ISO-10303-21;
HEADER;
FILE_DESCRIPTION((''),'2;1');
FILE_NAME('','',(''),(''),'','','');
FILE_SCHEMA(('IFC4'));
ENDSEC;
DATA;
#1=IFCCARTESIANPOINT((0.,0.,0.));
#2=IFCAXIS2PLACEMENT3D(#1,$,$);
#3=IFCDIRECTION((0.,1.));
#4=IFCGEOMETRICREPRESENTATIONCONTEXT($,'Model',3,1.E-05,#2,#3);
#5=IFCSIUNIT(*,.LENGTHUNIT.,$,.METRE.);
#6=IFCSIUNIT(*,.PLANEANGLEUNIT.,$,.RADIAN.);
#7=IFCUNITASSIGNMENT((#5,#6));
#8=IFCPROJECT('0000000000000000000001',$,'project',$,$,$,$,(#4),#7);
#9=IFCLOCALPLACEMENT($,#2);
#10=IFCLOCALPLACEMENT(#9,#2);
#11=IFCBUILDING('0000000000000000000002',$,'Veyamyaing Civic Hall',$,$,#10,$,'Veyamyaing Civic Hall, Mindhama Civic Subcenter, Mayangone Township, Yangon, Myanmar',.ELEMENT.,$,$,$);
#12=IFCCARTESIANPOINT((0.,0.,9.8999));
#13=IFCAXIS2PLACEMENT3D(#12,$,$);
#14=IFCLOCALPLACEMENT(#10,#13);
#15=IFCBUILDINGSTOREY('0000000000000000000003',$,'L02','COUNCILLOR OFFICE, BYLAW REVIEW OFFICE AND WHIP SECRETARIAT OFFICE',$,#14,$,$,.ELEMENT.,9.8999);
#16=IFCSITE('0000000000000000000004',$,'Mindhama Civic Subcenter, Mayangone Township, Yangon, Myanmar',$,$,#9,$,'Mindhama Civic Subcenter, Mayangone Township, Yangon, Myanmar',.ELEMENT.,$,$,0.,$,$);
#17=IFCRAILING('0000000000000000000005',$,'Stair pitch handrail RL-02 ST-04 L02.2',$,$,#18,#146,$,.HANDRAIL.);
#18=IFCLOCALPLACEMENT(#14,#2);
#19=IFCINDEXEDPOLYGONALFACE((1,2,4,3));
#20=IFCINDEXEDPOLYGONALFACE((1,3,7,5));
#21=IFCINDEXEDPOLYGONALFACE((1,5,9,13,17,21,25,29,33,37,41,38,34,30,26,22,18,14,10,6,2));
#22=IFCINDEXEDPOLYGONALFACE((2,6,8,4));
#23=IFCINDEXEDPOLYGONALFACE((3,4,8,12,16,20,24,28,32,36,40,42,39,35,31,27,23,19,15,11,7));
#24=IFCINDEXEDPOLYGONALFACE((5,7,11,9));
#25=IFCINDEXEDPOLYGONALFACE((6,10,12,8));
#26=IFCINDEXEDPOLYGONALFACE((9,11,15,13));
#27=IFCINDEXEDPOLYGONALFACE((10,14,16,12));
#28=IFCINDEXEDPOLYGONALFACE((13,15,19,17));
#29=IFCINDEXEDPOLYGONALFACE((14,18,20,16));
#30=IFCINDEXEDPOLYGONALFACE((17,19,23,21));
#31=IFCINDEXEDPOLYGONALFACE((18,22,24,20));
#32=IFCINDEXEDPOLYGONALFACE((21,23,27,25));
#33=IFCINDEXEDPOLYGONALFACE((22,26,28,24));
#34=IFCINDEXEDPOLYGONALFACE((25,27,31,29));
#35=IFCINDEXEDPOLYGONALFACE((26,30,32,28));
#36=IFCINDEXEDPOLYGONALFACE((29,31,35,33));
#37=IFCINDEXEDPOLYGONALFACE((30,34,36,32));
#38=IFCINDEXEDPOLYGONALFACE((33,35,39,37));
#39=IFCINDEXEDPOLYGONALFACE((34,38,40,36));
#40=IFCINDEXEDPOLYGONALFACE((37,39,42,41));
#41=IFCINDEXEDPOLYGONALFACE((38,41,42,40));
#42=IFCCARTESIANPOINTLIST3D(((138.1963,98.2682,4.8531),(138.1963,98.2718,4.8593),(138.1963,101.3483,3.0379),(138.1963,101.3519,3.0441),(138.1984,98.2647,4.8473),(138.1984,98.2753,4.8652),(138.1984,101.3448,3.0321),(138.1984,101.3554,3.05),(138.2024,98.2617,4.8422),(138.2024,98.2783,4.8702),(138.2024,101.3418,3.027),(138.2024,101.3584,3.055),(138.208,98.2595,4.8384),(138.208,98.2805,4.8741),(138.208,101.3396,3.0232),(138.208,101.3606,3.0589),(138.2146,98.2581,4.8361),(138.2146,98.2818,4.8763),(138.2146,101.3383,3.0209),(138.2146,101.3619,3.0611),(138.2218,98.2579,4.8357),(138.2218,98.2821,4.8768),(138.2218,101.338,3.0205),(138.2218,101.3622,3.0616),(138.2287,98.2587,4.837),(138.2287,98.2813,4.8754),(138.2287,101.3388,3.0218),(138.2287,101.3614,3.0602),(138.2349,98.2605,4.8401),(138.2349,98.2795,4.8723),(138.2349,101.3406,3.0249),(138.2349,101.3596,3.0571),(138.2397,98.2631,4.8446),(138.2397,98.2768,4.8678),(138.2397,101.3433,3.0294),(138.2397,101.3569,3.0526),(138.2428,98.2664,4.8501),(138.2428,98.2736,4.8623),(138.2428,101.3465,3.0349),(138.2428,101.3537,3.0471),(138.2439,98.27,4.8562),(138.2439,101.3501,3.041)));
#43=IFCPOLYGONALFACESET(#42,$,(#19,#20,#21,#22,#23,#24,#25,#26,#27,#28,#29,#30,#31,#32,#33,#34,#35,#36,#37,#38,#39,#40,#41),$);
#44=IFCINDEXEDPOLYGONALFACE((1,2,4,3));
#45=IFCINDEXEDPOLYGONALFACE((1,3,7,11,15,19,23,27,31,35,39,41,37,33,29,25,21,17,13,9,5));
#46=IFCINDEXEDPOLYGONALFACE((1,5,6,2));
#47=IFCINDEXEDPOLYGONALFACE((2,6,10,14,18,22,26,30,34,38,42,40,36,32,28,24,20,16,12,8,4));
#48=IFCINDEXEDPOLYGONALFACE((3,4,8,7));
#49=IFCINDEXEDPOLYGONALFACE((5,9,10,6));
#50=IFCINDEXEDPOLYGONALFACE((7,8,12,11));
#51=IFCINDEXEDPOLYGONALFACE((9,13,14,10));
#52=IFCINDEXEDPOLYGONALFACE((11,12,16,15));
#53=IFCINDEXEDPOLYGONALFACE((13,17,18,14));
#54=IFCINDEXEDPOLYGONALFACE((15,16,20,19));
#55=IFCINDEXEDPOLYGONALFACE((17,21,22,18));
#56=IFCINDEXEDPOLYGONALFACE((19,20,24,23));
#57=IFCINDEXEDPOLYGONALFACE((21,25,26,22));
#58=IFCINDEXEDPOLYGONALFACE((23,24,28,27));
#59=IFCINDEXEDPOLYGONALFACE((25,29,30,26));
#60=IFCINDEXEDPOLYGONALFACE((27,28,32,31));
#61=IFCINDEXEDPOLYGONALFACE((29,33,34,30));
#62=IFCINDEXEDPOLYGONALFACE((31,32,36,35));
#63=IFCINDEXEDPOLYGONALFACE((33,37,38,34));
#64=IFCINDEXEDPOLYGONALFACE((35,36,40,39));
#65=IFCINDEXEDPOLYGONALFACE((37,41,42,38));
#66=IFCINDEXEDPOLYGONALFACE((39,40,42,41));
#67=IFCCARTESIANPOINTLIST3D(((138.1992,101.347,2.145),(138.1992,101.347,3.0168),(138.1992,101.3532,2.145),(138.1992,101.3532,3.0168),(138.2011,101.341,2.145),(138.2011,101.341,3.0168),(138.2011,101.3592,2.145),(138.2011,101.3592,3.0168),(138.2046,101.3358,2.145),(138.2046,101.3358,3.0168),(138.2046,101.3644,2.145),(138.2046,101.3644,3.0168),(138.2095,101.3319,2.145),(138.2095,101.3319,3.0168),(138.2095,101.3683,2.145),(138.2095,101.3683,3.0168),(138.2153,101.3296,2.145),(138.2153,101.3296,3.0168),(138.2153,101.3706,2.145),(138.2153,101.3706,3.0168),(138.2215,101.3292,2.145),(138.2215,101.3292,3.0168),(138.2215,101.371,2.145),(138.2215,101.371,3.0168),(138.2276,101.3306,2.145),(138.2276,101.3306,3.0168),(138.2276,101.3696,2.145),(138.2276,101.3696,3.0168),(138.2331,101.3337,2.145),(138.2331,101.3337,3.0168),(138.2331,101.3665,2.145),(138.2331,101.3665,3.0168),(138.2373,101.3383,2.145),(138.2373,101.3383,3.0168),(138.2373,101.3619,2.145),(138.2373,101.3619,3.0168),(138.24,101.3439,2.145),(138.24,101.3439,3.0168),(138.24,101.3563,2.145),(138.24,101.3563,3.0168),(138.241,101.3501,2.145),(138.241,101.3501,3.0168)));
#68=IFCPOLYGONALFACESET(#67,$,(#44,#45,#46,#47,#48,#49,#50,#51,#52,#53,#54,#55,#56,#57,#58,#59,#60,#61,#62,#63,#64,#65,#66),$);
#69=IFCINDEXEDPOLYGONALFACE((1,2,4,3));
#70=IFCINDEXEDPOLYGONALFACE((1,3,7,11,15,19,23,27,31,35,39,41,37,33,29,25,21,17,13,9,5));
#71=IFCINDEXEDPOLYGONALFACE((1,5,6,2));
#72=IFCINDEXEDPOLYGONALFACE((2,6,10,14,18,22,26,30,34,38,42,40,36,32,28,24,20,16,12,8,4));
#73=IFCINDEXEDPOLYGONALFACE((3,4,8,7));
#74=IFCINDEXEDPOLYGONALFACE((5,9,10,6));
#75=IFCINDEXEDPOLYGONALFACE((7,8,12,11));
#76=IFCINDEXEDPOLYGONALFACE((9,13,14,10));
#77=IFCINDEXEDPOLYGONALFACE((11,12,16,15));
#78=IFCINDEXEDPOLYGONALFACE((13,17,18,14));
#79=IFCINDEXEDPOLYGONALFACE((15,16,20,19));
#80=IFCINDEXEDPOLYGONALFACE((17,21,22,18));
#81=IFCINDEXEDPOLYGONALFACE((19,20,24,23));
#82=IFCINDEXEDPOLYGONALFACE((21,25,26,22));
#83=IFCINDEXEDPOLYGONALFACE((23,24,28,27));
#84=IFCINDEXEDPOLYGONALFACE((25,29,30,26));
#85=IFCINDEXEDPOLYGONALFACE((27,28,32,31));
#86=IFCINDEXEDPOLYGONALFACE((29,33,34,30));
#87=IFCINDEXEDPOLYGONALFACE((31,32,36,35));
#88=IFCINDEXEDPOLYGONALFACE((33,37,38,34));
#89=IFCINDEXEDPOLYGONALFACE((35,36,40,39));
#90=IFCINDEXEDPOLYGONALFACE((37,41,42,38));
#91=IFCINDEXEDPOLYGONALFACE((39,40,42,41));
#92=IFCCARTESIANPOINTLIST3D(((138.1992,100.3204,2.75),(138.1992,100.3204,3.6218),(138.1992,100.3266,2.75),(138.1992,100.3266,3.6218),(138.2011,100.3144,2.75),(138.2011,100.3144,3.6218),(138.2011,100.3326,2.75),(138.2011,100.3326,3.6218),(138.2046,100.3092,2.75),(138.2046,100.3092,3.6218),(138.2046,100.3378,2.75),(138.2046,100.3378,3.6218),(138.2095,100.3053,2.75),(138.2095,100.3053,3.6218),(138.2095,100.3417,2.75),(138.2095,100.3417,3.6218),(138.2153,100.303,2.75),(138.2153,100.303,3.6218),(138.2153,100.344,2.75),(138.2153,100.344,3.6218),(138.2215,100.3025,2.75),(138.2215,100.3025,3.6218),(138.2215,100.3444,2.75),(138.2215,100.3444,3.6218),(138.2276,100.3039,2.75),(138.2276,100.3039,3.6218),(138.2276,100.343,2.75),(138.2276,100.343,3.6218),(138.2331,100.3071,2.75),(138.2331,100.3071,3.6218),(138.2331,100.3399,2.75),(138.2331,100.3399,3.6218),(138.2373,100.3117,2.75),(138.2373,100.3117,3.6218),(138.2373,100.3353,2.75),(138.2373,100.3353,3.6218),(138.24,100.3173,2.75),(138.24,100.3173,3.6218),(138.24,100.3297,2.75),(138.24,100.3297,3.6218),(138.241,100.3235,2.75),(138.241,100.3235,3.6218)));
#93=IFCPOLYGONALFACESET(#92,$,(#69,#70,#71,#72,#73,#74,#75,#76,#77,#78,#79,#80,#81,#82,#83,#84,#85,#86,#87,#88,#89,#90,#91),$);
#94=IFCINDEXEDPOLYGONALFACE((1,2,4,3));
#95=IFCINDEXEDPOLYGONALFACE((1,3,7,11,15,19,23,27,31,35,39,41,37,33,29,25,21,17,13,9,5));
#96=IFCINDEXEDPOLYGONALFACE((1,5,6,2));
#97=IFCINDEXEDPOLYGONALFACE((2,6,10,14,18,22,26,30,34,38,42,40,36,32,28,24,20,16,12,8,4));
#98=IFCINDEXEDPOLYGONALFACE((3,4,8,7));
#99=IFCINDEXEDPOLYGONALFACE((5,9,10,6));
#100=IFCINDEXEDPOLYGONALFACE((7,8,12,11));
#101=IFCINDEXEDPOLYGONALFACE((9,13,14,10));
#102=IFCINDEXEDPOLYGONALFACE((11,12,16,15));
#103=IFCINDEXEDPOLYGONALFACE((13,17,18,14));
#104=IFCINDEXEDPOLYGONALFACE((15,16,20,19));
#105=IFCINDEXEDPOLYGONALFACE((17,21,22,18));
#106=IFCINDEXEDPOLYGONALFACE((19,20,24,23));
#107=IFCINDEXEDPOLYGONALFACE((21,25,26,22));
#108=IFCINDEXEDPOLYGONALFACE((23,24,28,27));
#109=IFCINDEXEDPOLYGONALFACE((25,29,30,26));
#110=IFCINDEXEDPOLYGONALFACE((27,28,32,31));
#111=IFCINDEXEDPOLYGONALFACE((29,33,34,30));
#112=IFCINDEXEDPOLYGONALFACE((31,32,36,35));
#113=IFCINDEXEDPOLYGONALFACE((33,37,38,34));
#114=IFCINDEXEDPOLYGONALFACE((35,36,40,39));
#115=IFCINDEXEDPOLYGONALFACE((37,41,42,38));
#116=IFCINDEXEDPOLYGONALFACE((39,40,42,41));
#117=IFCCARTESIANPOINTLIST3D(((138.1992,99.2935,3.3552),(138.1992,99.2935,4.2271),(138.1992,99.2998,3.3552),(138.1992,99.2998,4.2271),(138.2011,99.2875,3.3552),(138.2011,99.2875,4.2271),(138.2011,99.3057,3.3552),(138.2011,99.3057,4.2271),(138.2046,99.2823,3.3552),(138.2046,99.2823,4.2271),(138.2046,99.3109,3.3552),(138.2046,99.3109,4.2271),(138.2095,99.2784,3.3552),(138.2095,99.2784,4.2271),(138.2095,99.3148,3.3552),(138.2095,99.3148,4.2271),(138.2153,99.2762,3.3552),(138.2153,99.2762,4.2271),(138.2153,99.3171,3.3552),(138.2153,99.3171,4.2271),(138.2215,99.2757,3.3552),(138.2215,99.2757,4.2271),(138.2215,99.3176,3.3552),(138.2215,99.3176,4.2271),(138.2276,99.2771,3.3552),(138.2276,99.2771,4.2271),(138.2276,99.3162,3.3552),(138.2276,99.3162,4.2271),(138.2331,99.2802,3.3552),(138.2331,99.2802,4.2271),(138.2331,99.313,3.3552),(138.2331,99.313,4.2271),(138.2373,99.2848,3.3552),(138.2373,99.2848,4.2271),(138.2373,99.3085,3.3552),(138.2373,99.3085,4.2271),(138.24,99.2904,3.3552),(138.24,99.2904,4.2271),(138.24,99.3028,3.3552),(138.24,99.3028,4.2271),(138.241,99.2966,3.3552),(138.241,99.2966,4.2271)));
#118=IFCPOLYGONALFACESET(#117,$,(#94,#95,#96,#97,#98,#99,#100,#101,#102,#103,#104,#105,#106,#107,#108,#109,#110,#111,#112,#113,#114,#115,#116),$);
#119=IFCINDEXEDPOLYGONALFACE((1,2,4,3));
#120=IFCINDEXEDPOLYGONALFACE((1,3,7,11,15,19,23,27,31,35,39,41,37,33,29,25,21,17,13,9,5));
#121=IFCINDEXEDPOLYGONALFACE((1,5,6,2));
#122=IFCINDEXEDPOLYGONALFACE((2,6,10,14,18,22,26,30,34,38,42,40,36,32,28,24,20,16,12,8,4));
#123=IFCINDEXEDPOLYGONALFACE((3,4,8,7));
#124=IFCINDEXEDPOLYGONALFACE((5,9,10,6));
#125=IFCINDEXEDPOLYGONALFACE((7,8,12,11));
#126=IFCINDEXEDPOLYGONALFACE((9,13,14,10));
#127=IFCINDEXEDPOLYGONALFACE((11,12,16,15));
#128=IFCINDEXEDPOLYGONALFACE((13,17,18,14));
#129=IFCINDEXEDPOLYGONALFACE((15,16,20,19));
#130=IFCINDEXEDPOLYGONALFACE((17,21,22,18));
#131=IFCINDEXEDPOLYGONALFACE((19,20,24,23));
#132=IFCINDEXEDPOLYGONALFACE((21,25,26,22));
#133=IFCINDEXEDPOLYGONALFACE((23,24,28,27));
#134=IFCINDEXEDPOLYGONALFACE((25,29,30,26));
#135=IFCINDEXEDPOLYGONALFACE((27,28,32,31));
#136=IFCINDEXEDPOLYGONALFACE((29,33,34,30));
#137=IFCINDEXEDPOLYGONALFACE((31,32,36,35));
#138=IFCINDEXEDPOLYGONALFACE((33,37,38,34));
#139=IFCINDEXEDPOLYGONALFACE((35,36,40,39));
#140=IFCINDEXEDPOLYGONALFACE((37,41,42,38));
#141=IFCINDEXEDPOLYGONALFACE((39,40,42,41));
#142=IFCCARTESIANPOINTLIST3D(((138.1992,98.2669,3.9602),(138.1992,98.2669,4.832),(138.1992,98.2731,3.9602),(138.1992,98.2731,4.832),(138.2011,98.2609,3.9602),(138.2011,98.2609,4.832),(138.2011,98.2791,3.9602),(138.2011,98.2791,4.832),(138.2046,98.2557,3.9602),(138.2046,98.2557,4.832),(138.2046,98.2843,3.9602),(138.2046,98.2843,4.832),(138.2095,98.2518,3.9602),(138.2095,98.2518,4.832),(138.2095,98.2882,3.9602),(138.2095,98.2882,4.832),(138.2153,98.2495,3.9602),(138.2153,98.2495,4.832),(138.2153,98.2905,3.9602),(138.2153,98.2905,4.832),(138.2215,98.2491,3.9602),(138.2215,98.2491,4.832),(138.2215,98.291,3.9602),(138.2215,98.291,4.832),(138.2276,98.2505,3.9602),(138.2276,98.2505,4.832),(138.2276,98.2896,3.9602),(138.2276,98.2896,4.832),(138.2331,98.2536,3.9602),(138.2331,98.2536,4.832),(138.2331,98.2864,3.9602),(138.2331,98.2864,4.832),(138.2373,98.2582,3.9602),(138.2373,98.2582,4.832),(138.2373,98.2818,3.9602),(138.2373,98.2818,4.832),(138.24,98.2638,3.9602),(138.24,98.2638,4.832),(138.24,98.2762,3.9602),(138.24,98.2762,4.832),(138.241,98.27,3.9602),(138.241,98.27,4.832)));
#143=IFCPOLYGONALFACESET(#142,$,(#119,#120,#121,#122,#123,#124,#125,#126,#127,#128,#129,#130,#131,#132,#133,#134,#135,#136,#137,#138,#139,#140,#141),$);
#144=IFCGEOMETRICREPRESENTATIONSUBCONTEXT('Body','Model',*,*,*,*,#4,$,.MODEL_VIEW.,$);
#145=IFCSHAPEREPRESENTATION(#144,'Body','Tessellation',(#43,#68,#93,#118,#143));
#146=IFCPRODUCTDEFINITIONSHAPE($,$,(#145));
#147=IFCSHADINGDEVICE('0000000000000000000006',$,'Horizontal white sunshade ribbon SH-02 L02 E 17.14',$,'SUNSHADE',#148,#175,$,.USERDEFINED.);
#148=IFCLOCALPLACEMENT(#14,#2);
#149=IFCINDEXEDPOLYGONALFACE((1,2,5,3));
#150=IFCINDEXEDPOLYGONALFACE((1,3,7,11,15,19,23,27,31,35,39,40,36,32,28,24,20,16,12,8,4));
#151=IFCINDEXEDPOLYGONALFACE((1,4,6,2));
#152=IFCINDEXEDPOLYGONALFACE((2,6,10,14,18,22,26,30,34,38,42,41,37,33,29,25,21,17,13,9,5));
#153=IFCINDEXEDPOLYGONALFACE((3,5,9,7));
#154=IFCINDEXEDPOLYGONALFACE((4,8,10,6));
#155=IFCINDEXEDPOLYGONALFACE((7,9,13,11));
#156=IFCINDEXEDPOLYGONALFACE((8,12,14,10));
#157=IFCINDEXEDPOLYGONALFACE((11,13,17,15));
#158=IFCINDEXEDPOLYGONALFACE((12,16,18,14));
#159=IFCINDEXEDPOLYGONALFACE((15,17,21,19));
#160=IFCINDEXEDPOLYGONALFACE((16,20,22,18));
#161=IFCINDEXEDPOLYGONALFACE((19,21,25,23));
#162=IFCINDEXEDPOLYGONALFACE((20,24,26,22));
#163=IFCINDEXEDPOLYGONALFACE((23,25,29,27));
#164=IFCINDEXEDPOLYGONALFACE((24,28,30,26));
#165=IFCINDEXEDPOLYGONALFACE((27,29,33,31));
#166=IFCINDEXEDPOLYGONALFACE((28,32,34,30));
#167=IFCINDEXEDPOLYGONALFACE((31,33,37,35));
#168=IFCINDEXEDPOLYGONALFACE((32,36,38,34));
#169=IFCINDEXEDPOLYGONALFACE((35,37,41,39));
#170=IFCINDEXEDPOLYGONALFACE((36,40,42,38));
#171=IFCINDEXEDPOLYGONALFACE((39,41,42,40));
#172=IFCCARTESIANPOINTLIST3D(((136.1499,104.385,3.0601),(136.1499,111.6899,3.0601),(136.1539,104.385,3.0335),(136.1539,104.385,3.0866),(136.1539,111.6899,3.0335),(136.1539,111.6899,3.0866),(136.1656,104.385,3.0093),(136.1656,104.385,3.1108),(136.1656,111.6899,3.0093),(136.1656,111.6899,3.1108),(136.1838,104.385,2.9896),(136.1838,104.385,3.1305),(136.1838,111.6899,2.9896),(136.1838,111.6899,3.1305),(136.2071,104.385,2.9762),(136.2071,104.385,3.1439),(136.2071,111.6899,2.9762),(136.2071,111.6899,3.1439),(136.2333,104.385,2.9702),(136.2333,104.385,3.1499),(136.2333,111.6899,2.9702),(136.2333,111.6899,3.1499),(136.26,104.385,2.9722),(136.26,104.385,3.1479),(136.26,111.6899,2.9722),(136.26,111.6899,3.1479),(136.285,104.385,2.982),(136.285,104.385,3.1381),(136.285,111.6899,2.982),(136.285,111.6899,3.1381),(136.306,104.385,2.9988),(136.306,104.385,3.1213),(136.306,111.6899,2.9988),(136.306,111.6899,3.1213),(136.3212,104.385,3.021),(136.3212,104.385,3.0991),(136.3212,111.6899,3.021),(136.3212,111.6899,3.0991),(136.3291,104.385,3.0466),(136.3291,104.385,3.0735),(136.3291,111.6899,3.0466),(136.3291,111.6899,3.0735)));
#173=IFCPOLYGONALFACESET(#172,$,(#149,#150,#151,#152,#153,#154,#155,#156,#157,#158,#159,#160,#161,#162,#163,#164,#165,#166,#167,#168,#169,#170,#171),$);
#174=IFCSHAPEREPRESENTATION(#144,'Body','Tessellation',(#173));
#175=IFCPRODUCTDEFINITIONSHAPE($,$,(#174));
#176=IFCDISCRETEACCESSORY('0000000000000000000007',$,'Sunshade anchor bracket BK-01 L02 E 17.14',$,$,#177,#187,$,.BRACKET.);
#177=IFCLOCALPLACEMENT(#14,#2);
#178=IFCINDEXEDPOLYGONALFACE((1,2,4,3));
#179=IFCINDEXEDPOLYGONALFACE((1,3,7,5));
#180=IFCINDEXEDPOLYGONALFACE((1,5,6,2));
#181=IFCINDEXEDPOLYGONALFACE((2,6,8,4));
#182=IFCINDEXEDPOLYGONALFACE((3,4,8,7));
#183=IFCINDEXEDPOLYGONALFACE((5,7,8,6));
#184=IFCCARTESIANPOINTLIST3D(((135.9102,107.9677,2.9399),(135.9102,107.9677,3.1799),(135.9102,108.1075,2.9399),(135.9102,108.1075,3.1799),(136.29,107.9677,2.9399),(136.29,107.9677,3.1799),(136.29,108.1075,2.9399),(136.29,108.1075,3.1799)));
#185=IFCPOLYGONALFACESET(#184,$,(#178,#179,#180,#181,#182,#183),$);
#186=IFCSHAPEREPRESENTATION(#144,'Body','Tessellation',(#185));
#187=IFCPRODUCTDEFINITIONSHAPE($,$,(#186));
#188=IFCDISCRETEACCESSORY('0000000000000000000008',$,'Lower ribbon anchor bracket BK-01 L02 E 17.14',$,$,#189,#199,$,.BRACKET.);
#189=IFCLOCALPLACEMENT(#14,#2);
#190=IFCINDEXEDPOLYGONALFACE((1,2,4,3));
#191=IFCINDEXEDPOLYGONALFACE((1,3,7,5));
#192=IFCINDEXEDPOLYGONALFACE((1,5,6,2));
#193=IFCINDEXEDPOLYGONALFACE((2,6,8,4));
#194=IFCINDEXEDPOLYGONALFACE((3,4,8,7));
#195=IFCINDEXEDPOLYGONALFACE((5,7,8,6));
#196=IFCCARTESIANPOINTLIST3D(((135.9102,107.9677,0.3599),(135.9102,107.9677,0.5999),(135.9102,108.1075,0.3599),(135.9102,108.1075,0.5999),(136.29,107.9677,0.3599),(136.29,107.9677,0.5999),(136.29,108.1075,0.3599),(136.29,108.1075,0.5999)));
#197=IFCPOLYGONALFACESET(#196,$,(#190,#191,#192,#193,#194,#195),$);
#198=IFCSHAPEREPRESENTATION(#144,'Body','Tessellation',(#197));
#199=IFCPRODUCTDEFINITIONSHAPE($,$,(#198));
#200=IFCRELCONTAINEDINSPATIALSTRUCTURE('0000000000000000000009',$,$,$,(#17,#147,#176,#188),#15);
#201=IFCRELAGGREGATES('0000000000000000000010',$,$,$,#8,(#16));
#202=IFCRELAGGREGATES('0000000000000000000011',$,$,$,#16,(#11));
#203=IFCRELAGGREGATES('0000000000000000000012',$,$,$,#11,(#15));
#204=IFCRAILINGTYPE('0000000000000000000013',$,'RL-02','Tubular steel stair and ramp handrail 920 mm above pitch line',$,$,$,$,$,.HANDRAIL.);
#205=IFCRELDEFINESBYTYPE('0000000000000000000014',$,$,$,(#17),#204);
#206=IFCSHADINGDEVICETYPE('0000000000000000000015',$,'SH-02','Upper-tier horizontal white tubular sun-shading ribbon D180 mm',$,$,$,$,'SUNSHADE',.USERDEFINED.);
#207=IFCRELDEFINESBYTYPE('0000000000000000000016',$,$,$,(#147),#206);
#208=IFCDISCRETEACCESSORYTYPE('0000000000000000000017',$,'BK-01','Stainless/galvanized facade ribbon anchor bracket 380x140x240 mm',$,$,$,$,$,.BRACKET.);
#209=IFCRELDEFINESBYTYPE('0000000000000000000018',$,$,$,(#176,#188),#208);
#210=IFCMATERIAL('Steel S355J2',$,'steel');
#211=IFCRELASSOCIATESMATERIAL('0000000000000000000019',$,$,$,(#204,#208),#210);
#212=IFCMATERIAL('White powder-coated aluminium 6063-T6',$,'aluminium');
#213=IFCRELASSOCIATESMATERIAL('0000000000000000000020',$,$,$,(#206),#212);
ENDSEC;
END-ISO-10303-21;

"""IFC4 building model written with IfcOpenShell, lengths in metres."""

from ifc_helpers import new_model, si_unit, direction, frame, origin, origin_2d, place, context, subcontext, project, spatial, rectangle, circle, extrude, material, material_profile, profile_set, type_object, element, save


model = new_model("IFC4")

# Units and contexts
model_context = context("Model", 3, precision=1e-05, world=origin(), true_north=direction((0.0, 1.0)))
body_context = subcontext(model_context, "Body", "Model", "MODEL_VIEW")
ifc_project = project(units=[si_unit("LENGTHUNIT", "METRE"), si_unit("PLANEANGLEUNIT", "RADIAN")], contexts=[model_context])

# Site, building, storey
site_placement = place(None, origin())
site = spatial("IfcSite", under=ifc_project, at=site_placement, Name="Mindhama Civic Subcenter, Mayangone Township, Yangon, Myanmar", LongName="Mindhama Civic Subcenter, Mayangone Township, Yangon, Myanmar", CompositionType="ELEMENT", RefElevation=0.0)
building_placement = place(site_placement, origin())
building = spatial("IfcBuilding", under=site, at=building_placement, Name="Veyamyaing Civic Hall", LongName="Veyamyaing Civic Hall, Mindhama Civic Subcenter, Mayangone Township, Yangon, Myanmar", CompositionType="ELEMENT")
storey_placement = place(building_placement, frame((0.0, 0.0, 9.8999)))
storey = spatial("IfcBuildingStorey", under=building, at=storey_placement, Name="L02", Description="COUNCILLOR OFFICE, BYLAW REVIEW OFFICE AND WHIP SECRETARIAT OFFICE", CompositionType="ELEMENT", Elevation=9.8999)

# Shared definitions
ifc_material_1 = material(Name="White powder-coated aluminium 6063-T6", Category="aluminium")

# Railing
ifc_material_2 = material(Name="Steel S355J2", Category="steel")
railing_type_1 = type_object("IfcRailingType", Name="RL-02", Description="Tubular steel stair and ramp handrail 920 mm above pitch line", PredefinedType="HANDRAIL", material=ifc_material_2)
railing_1_placement = place(storey_placement, frame((138.22, 101.3501, 2.145)))
element("IfcRailing", 1, at=railing_1_placement, inside=storey, type_object=railing_type_1, Name="Stair pitch handrail RL-02 ST-04 L02.2", PredefinedType="HANDRAIL", context=body_context, shape_type="SweptSolid", body=[
    extrude(circle(Radius=0.0239, at=origin_2d()), frame((0.0, 0.0, 0.896), z_axis=(0.0, -0.861521, 0.507721), x_axis=(1.0, 0.0, 0.0)), (0.0, 0.0, 1.0), 3.5752),
    extrude(circle(Radius=0.021, at=origin_2d()), origin(), (0.0, 0.0, 1.0), 0.8718),
    extrude(circle(Radius=0.021, at=origin_2d()), frame((0.0, -1.0266, 0.605)), (0.0, 0.0, 1.0), 0.8718),
    extrude(circle(Radius=0.021, at=origin_2d()), frame((0.0, -2.0535, 1.2102)), (0.0, 0.0, 1.0), 0.8718),
    extrude(circle(Radius=0.021, at=origin_2d()), frame((0.0, -3.0801, 1.8152)), (0.0, 0.0, 1.0), 0.8718),
])

# Shading device
ifc_material_profile_1 = material_profile(ifc_material_1, circle(Radius=0.0901, at=origin_2d()), Name="SHADE-TUBE-180")
ifc_profile_set_1 = profile_set([ifc_material_profile_1], Name="White powder-coated aluminium 6063-T6")
shading_device_type = type_object("IfcShadingDeviceType", Name="SH-02", Description="Upper-tier horizontal white tubular sun-shading ribbon D180 mm", ElementType="SUNSHADE", PredefinedType="USERDEFINED", material=ifc_profile_set_1)
shading_device_placement = place(storey_placement, frame((136.24, 104.385, 3.0601), z_axis=(0.0, 1.0, 0.0), x_axis=(-1.0, 0.0, 0.0)))
element("IfcShadingDevice", 2, at=shading_device_placement, inside=storey, type_object=shading_device_type, Name="Horizontal white sunshade ribbon SH-02 L02 E 17.14", ObjectType="SUNSHADE", PredefinedType="USERDEFINED", context=body_context, shape_type="SweptSolid", body=[
    extrude(circle(Radius=0.0901, at=origin_2d()), origin(), (0.0, 0.0, 1.0), 7.3049),
])

# Discrete accessories
discrete_accessory_type = type_object("IfcDiscreteAccessoryType", Name="BK-01", Description="Stainless/galvanized facade ribbon anchor bracket 380x140x240 mm", PredefinedType="BRACKET", material=ifc_material_2)
for number, where, z_axis, x_axis, name in (
    (3, (136.1001, 108.0376, 2.9399), (0.0, 0.0, 1.0), (1.0, 0.0, 0.0), "Sunshade anchor bracket BK-01 L02 E 17.14"),
    (4, (136.1001, 108.0376, 0.3599), (0.0, 0.0, 1.0), (1.0, 0.0, 0.0), "Lower ribbon anchor bracket BK-01 L02 E 17.14"),
):
    element("IfcDiscreteAccessory", number, at=place(storey_placement, frame(where, z_axis=z_axis, x_axis=x_axis)), inside=storey, type_object=discrete_accessory_type, Name=name, PredefinedType="BRACKET", context=body_context, shape_type="SweptSolid", body=[
        extrude(rectangle(XDim=0.3799, YDim=0.1399, at=origin_2d()), origin(), (0.0, 0.0, 1.0), 0.24),
    ])

save(model, "model.ifc")
